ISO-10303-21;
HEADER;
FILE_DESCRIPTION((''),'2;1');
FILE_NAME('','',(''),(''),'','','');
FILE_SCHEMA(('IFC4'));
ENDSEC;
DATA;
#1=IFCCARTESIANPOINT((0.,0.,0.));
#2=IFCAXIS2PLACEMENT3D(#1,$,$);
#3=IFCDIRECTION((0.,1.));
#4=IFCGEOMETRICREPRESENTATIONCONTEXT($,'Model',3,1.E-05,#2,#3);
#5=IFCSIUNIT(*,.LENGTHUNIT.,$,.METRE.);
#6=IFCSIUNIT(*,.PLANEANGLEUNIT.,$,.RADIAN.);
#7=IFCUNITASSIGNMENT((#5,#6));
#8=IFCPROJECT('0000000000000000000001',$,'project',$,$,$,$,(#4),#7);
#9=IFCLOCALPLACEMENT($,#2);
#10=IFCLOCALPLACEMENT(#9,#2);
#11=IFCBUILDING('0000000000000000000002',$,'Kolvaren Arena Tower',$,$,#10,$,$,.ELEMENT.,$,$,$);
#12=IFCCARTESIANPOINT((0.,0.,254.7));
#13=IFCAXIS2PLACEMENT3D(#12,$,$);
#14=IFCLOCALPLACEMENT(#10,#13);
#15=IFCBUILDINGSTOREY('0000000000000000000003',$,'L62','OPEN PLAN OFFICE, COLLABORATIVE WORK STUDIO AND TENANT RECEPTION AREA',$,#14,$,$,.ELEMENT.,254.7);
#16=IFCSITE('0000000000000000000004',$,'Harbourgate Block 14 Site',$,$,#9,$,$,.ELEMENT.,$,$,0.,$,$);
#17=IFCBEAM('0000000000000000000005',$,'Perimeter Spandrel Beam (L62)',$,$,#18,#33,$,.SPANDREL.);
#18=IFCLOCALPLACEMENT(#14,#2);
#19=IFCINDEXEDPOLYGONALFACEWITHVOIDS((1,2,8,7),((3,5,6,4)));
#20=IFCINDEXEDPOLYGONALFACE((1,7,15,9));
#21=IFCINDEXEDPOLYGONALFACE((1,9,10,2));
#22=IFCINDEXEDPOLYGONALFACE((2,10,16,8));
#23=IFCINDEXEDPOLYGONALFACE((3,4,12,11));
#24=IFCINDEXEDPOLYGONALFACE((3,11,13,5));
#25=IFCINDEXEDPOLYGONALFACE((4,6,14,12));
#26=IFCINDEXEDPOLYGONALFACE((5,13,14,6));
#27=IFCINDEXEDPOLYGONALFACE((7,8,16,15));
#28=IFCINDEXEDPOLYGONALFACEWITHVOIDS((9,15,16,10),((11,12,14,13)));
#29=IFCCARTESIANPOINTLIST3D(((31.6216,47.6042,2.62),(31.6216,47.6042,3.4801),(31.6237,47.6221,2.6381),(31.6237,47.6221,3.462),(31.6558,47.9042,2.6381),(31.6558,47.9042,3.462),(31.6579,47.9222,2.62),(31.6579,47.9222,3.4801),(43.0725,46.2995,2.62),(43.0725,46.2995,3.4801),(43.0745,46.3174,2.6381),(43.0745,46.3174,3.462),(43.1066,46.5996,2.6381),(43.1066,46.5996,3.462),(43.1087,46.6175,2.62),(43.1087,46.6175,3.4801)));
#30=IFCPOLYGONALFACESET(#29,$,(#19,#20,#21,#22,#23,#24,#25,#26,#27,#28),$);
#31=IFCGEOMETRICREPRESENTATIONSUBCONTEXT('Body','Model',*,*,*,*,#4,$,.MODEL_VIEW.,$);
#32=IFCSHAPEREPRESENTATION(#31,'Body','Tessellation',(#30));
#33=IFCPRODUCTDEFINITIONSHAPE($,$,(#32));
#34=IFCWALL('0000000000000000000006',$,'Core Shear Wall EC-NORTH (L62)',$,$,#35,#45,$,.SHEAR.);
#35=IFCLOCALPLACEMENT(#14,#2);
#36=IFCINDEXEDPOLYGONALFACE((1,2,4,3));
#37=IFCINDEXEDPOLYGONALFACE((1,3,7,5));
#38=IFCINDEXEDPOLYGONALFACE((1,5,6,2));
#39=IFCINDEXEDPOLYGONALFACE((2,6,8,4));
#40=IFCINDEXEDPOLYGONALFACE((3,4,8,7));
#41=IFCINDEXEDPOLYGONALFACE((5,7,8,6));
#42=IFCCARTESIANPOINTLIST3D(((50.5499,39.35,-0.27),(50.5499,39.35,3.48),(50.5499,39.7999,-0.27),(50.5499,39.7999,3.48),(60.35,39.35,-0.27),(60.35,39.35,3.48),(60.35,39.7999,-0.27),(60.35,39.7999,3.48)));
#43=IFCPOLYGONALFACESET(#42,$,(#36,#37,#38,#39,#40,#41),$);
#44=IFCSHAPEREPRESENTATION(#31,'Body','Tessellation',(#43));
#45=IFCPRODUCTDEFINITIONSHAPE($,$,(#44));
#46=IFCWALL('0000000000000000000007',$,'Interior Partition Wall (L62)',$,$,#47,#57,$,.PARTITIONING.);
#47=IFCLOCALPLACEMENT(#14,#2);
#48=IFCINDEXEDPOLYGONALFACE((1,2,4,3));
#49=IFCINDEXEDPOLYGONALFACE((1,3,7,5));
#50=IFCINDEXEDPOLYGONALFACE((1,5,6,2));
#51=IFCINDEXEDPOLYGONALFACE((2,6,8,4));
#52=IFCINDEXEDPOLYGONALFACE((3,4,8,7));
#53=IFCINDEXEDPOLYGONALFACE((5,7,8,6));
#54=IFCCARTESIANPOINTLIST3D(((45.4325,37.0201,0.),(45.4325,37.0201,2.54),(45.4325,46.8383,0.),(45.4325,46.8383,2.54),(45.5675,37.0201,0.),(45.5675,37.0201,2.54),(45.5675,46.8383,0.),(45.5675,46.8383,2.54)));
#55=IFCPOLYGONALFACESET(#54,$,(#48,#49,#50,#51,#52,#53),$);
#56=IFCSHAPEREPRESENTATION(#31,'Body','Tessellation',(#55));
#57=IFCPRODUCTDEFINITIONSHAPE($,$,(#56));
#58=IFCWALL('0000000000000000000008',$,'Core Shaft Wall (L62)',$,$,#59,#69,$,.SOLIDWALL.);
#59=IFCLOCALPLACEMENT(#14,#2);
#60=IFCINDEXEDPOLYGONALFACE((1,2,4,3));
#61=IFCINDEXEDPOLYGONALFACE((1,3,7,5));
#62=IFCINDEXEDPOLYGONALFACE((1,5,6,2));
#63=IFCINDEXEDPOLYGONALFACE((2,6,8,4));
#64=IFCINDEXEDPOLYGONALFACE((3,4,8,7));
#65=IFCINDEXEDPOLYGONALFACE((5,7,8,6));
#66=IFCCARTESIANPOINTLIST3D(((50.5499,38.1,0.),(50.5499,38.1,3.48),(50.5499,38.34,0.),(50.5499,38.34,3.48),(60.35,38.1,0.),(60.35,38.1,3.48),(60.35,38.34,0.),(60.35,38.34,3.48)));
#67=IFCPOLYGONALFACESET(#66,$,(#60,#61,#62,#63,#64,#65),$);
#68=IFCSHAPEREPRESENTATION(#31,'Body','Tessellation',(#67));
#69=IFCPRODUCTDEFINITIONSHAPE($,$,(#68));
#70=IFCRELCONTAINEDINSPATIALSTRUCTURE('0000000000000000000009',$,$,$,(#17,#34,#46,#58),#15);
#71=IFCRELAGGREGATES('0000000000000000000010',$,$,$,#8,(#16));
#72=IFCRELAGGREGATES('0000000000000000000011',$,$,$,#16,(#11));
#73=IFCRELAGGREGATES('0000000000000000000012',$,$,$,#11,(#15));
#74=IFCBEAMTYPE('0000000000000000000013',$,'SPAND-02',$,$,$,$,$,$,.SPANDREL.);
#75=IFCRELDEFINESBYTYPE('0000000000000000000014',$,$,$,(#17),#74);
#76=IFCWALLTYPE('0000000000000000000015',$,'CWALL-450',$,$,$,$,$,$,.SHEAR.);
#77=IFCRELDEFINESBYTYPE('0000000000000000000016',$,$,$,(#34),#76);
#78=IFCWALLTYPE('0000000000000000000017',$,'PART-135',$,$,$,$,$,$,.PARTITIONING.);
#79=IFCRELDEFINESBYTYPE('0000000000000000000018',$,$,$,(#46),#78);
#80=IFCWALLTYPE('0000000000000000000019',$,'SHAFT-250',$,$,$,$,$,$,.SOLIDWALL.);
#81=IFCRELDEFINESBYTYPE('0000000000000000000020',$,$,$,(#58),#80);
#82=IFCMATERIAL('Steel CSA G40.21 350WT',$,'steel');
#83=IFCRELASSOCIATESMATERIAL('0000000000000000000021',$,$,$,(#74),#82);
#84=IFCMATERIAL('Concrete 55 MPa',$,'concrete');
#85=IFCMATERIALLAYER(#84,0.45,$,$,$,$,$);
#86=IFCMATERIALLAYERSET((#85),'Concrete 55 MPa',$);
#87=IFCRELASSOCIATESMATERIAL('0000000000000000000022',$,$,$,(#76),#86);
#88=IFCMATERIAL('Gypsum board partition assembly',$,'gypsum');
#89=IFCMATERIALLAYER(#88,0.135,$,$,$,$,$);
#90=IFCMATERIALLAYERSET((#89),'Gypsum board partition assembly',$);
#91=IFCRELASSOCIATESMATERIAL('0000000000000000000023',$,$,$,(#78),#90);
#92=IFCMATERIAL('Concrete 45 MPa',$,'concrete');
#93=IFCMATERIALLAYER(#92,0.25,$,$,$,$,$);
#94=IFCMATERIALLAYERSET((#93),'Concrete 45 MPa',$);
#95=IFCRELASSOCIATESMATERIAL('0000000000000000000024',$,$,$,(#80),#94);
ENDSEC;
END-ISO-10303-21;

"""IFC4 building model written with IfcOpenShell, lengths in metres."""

from ifc_helpers import new_model, si_unit, direction, frame, frame_2d, origin, origin_2d, place, context, subcontext, project, spatial, rectangle, hollow_rectangle, extrude, material, layer, layer_set, material_profile, profile_set, type_object, element, save


model = new_model("IFC4")

# Units and contexts
model_context = context("Model", 3, precision=1e-05, world=origin(), true_north=direction((0.0, 1.0)))
body_context = subcontext(model_context, "Body", "Model", "MODEL_VIEW")
ifc_project = project(units=[si_unit("LENGTHUNIT", "METRE"), si_unit("PLANEANGLEUNIT", "RADIAN")], contexts=[model_context])

# Site, building, storey
site_placement = place(None, origin())
site = spatial("IfcSite", under=ifc_project, at=site_placement, Name="Harbourgate Block 14 Site", CompositionType="ELEMENT", RefElevation=0.0)
building_placement = place(site_placement, origin())
building = spatial("IfcBuilding", under=site, at=building_placement, Name="Kolvaren Arena Tower", CompositionType="ELEMENT")
storey_placement = place(building_placement, frame((0.0, 0.0, 254.7)))
storey = spatial("IfcBuildingStorey", under=building, at=storey_placement, Name="L62", Description="OPEN PLAN OFFICE, COLLABORATIVE WORK STUDIO AND TENANT RECEPTION AREA", CompositionType="ELEMENT", Elevation=254.7)

# Beam
ifc_material_1 = material(Name="Steel CSA G40.21 350WT", Category="steel")
ifc_material_profile_1 = material_profile(ifc_material_1, hollow_rectangle(XDim=0.3201, YDim=0.8601, WallThickness=0.0181, at=origin_2d()), Name="HSS 860x320x18")
ifc_profile_set_1 = profile_set([ifc_material_profile_1], Name="Steel CSA G40.21 350WT")
beam_type_1 = type_object("IfcBeamType", Name="SPAND-02", PredefinedType="SPANDREL", material=ifc_profile_set_1)
beam_1_placement = place(storey_placement, frame((43.0906, 46.4585, 3.05), z_axis=(-0.993572, 0.113205, 0.0), x_axis=(-0.113205, -0.993572, 0.0)))
element("IfcBeam", 1, at=beam_1_placement, inside=storey, type_object=beam_type_1, Name="Perimeter Spandrel Beam (L62)", PredefinedType="SPANDREL", context=body_context, shape_type="SweptSolid", body=[
    extrude(hollow_rectangle(XDim=0.3201, YDim=0.8601, WallThickness=0.0181, at=origin_2d()), origin(), (0.0, 0.0, 1.0), 11.5249),
])

# Walls
ifc_material_2 = material(Name="Concrete 55 MPa", Category="concrete")
ifc_layer_1 = layer(ifc_material_2, 0.45)
ifc_layer_set_1 = layer_set([ifc_layer_1], Name="Concrete 55 MPa")
wall_type_1 = type_object("IfcWallType", Name="CWALL-450", PredefinedType="SHEAR", material=ifc_layer_set_1)
wall_1_placement = place(storey_placement, frame((50.55, 39.575, -0.27), z_axis=(0.0, 0.0, 1.0), x_axis=(1.0, 0.0, 0.0)))
element("IfcWall", 2, at=wall_1_placement, inside=storey, type_object=wall_type_1, Name="Core Shear Wall EC-NORTH (L62)", PredefinedType="SHEAR", context=body_context, shape_type="SweptSolid", body=[
    extrude(rectangle(XDim=9.8, YDim=0.45, at=frame_2d((4.8999, 0.0))), origin(), (0.0, 0.0, 1.0), 3.75),
])
ifc_material_3 = material(Name="Gypsum board partition assembly", Category="gypsum")
ifc_layer_2 = layer(ifc_material_3, 0.135)
ifc_layer_set_2 = layer_set([ifc_layer_2], Name="Gypsum board partition assembly")
wall_type_2 = type_object("IfcWallType", Name="PART-135", PredefinedType="PARTITIONING", material=ifc_layer_set_2)
wall_2_placement = place(storey_placement, frame((45.5, 37.02, 0.0), z_axis=(0.0, 0.0, 1.0), x_axis=(0.0, 1.0, 0.0)))
element("IfcWall", 3, at=wall_2_placement, inside=storey, type_object=wall_type_2, Name="Interior Partition Wall (L62)", PredefinedType="PARTITIONING", context=body_context, shape_type="SweptSolid", body=[
    extrude(rectangle(XDim=9.8181, YDim=0.135, at=frame_2d((4.9092, 0.0))), origin(), (0.0, 0.0, 1.0), 2.54),
])
ifc_material_4 = material(Name="Concrete 45 MPa", Category="concrete")
ifc_layer_3 = layer(ifc_material_4, 0.25)
ifc_layer_set_3 = layer_set([ifc_layer_3], Name="Concrete 45 MPa")
wall_type_3 = type_object("IfcWallType", Name="SHAFT-250", PredefinedType="SOLIDWALL", material=ifc_layer_set_3)
wall_3_placement = place(storey_placement, frame((50.55, 38.22, 0.0), z_axis=(0.0, 0.0, 1.0), x_axis=(1.0, 0.0, 0.0)))
element("IfcWall", 4, at=wall_3_placement, inside=storey, type_object=wall_type_3, Name="Core Shaft Wall (L62)", PredefinedType="SOLIDWALL", context=body_context, shape_type="SweptSolid", body=[
    extrude(rectangle(XDim=9.8, YDim=0.24, at=frame_2d((4.8999, 0.0))), origin(), (0.0, 0.0, 1.0), 3.48),
])

save(model, "model.ifc")
